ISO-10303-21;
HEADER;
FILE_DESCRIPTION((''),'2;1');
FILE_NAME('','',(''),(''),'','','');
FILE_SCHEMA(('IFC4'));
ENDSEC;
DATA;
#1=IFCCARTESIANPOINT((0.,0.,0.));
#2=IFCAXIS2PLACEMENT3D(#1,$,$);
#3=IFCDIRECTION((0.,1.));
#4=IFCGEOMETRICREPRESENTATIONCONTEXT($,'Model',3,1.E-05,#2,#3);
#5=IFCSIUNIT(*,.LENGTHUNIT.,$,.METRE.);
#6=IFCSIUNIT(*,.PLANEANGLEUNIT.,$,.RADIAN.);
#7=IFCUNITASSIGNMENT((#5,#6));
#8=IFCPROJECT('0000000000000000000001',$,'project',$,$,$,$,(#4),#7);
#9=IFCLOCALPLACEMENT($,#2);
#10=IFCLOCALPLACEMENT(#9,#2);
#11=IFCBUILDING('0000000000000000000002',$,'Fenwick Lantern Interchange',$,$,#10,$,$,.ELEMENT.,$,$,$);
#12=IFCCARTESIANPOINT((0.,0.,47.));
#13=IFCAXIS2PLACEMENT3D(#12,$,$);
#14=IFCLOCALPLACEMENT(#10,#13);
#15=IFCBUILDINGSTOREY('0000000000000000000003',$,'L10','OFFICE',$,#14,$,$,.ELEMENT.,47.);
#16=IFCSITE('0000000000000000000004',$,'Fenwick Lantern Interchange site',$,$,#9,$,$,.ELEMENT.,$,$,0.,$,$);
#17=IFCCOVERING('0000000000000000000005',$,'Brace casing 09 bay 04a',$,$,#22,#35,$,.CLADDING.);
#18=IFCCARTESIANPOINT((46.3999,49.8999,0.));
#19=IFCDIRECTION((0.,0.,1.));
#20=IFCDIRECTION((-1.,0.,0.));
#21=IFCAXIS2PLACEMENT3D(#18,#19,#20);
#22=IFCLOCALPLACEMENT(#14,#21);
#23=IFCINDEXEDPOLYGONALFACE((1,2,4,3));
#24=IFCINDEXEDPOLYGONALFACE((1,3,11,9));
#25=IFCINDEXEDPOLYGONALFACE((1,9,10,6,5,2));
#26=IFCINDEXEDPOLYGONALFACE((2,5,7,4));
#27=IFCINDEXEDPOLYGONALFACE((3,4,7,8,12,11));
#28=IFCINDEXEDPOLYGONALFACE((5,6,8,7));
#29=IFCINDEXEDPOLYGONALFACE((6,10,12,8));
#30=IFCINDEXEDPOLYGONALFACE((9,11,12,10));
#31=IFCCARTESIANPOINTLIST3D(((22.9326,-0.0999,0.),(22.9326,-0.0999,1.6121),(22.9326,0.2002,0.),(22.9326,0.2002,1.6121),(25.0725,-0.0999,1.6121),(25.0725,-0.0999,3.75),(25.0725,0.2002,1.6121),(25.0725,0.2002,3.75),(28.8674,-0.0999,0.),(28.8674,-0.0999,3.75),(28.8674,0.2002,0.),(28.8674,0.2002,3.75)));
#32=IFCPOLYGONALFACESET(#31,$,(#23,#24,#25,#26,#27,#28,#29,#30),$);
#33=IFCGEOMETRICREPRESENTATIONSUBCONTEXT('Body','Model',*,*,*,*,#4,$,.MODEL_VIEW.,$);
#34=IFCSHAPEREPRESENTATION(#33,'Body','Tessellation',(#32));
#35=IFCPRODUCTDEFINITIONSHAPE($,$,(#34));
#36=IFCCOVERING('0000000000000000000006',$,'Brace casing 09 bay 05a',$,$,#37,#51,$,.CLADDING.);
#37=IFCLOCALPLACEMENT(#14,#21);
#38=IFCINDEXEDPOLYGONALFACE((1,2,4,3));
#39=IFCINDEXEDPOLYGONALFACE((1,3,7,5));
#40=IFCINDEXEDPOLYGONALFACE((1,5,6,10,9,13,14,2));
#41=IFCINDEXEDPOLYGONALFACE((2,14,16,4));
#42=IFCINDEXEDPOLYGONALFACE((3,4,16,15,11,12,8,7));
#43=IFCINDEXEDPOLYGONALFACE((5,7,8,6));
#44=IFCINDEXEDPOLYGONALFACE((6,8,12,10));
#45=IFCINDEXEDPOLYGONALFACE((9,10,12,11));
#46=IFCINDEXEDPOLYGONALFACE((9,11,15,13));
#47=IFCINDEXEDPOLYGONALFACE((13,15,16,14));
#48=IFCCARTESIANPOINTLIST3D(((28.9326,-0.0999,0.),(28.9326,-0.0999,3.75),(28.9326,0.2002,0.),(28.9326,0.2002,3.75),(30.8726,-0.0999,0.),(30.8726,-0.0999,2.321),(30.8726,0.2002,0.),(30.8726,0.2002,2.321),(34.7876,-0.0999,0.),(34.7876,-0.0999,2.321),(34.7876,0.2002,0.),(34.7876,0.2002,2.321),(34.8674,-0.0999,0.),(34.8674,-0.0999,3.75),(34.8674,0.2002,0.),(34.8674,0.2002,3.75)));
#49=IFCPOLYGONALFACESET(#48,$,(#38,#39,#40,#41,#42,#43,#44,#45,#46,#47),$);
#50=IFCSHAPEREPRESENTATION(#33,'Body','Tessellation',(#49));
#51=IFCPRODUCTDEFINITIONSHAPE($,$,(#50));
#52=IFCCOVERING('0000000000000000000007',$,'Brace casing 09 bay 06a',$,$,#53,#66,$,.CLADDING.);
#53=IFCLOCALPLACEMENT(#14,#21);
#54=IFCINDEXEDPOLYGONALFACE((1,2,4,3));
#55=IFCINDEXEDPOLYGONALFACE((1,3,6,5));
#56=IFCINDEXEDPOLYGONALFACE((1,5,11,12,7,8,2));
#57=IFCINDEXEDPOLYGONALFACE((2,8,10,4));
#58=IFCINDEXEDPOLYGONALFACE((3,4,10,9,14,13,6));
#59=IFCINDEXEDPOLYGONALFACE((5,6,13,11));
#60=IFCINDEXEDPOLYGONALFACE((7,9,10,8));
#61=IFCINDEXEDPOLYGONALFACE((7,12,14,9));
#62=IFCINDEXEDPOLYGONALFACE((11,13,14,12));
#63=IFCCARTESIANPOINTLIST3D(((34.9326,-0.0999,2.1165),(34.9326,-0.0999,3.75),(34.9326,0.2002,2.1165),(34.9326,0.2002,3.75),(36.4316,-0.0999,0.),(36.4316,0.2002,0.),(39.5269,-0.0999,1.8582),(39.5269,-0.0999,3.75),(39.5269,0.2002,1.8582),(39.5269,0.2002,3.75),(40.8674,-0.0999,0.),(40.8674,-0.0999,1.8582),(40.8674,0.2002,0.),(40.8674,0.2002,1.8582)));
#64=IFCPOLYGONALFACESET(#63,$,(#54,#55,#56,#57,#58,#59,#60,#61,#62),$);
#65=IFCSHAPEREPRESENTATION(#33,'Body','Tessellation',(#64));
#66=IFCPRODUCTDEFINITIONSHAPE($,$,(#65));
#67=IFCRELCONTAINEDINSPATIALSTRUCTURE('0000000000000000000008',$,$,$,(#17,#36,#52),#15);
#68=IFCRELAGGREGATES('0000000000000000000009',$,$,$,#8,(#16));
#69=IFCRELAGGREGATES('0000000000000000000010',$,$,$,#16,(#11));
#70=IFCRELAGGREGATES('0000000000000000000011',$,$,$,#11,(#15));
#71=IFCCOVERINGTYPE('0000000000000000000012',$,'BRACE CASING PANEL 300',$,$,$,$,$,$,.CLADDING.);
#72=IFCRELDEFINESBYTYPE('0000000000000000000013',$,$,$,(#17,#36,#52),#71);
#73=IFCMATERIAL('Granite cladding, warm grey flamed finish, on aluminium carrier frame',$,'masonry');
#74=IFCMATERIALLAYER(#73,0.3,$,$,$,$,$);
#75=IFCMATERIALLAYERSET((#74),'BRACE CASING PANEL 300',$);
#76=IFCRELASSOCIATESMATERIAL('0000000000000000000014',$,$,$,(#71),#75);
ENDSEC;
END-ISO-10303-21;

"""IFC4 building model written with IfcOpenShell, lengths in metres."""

from ifc_helpers import new_model, si_unit, direction, frame, origin, place, context, subcontext, project, spatial, polyline, outline, extrude, material, layer, layer_set, type_object, element, save


model = new_model("IFC4")

# Units and contexts
model_context = context("Model", 3, precision=1e-05, world=origin(), true_north=direction((0.0, 1.0)))
body_context = subcontext(model_context, "Body", "Model", "MODEL_VIEW")
ifc_project = project(units=[si_unit("LENGTHUNIT", "METRE"), si_unit("PLANEANGLEUNIT", "RADIAN")], contexts=[model_context])

# Site, building, storey
site_placement = place(None, origin())
site = spatial("IfcSite", under=ifc_project, at=site_placement, Name="Fenwick Lantern Interchange site", CompositionType="ELEMENT", RefElevation=0.0)
building_placement = place(site_placement, origin())
building = spatial("IfcBuilding", under=site, at=building_placement, Name="Fenwick Lantern Interchange", CompositionType="ELEMENT")
storey_placement = place(building_placement, frame((0.0, 0.0, 47.0)))
storey = spatial("IfcBuildingStorey", under=building, at=storey_placement, Name="L10", Description="OFFICE", CompositionType="ELEMENT", Elevation=47.0)

# Coverings
ifc_material_1 = material(Name="Granite cladding, warm grey flamed finish, on aluminium carrier frame", Category="masonry")
ifc_layer_1 = layer(ifc_material_1, 0.3)
ifc_layer_set_1 = layer_set([ifc_layer_1], Name="BRACE CASING PANEL 300")
covering_type = type_object("IfcCoveringType", Name="BRACE CASING PANEL 300", PredefinedType="CLADDING", material=ifc_layer_set_1)
covering_1_placement = place(storey_placement, frame((46.3999, 49.8999, 0.0), z_axis=(0.0, 0.0, 1.0), x_axis=(-1.0, 0.0, 0.0)))
element("IfcCovering", 1, at=covering_1_placement, inside=storey, type_object=covering_type, Name="Brace casing 09 bay 04a", PredefinedType="CLADDING", context=body_context, shape_type="SweptSolid", body=[
    extrude(outline(polyline([(22.9326, 0.0), (28.8674, 0.0), (28.8674, 3.75), (25.0725, 3.75), (25.0725, 1.6121), (22.9326, 1.6121), (22.9326, 0.0)])), frame((0.0, 0.2002, 0.0), z_axis=(0.0, -1.0, 0.0), x_axis=(1.0, 0.0, 0.0)), (0.0, 0.0, 1.0), 0.3),
])
covering_2_placement = place(storey_placement, frame((46.3999, 49.8999, 0.0), z_axis=(0.0, 0.0, 1.0), x_axis=(-1.0, 0.0, 0.0)))
element("IfcCovering", 2, at=covering_2_placement, inside=storey, type_object=covering_type, Name="Brace casing 09 bay 05a", PredefinedType="CLADDING", context=body_context, shape_type="SweptSolid", body=[
    extrude(outline(polyline([(28.9326, 0.0), (30.8726, 0.0), (30.8726, 2.321), (34.7876, 2.321), (34.7876, 0.0), (34.8674, 0.0), (34.8674, 3.75), (28.9326, 3.75), (28.9326, 0.0)])), frame((0.0, 0.2002, 0.0), z_axis=(0.0, -1.0, 0.0), x_axis=(1.0, 0.0, 0.0)), (0.0, 0.0, 1.0), 0.3),
])
covering_3_placement = place(storey_placement, frame((46.3999, 49.8999, 0.0), z_axis=(0.0, 0.0, 1.0), x_axis=(-1.0, 0.0, 0.0)))
element("IfcCovering", 3, at=covering_3_placement, inside=storey, type_object=covering_type, Name="Brace casing 09 bay 06a", PredefinedType="CLADDING", context=body_context, shape_type="SweptSolid", body=[
    extrude(outline(polyline([(36.4316, 0.0), (40.8674, 0.0), (40.8674, 1.8582), (39.5269, 1.8582), (39.5269, 3.75), (34.9326, 3.75), (34.9326, 2.1165), (36.4316, 0.0)])), frame((0.0, 0.2002, 0.0), z_axis=(0.0, -1.0, 0.0), x_axis=(1.0, 0.0, 0.0)), (0.0, 0.0, 1.0), 0.3),
])

save(model, "model.ifc")
